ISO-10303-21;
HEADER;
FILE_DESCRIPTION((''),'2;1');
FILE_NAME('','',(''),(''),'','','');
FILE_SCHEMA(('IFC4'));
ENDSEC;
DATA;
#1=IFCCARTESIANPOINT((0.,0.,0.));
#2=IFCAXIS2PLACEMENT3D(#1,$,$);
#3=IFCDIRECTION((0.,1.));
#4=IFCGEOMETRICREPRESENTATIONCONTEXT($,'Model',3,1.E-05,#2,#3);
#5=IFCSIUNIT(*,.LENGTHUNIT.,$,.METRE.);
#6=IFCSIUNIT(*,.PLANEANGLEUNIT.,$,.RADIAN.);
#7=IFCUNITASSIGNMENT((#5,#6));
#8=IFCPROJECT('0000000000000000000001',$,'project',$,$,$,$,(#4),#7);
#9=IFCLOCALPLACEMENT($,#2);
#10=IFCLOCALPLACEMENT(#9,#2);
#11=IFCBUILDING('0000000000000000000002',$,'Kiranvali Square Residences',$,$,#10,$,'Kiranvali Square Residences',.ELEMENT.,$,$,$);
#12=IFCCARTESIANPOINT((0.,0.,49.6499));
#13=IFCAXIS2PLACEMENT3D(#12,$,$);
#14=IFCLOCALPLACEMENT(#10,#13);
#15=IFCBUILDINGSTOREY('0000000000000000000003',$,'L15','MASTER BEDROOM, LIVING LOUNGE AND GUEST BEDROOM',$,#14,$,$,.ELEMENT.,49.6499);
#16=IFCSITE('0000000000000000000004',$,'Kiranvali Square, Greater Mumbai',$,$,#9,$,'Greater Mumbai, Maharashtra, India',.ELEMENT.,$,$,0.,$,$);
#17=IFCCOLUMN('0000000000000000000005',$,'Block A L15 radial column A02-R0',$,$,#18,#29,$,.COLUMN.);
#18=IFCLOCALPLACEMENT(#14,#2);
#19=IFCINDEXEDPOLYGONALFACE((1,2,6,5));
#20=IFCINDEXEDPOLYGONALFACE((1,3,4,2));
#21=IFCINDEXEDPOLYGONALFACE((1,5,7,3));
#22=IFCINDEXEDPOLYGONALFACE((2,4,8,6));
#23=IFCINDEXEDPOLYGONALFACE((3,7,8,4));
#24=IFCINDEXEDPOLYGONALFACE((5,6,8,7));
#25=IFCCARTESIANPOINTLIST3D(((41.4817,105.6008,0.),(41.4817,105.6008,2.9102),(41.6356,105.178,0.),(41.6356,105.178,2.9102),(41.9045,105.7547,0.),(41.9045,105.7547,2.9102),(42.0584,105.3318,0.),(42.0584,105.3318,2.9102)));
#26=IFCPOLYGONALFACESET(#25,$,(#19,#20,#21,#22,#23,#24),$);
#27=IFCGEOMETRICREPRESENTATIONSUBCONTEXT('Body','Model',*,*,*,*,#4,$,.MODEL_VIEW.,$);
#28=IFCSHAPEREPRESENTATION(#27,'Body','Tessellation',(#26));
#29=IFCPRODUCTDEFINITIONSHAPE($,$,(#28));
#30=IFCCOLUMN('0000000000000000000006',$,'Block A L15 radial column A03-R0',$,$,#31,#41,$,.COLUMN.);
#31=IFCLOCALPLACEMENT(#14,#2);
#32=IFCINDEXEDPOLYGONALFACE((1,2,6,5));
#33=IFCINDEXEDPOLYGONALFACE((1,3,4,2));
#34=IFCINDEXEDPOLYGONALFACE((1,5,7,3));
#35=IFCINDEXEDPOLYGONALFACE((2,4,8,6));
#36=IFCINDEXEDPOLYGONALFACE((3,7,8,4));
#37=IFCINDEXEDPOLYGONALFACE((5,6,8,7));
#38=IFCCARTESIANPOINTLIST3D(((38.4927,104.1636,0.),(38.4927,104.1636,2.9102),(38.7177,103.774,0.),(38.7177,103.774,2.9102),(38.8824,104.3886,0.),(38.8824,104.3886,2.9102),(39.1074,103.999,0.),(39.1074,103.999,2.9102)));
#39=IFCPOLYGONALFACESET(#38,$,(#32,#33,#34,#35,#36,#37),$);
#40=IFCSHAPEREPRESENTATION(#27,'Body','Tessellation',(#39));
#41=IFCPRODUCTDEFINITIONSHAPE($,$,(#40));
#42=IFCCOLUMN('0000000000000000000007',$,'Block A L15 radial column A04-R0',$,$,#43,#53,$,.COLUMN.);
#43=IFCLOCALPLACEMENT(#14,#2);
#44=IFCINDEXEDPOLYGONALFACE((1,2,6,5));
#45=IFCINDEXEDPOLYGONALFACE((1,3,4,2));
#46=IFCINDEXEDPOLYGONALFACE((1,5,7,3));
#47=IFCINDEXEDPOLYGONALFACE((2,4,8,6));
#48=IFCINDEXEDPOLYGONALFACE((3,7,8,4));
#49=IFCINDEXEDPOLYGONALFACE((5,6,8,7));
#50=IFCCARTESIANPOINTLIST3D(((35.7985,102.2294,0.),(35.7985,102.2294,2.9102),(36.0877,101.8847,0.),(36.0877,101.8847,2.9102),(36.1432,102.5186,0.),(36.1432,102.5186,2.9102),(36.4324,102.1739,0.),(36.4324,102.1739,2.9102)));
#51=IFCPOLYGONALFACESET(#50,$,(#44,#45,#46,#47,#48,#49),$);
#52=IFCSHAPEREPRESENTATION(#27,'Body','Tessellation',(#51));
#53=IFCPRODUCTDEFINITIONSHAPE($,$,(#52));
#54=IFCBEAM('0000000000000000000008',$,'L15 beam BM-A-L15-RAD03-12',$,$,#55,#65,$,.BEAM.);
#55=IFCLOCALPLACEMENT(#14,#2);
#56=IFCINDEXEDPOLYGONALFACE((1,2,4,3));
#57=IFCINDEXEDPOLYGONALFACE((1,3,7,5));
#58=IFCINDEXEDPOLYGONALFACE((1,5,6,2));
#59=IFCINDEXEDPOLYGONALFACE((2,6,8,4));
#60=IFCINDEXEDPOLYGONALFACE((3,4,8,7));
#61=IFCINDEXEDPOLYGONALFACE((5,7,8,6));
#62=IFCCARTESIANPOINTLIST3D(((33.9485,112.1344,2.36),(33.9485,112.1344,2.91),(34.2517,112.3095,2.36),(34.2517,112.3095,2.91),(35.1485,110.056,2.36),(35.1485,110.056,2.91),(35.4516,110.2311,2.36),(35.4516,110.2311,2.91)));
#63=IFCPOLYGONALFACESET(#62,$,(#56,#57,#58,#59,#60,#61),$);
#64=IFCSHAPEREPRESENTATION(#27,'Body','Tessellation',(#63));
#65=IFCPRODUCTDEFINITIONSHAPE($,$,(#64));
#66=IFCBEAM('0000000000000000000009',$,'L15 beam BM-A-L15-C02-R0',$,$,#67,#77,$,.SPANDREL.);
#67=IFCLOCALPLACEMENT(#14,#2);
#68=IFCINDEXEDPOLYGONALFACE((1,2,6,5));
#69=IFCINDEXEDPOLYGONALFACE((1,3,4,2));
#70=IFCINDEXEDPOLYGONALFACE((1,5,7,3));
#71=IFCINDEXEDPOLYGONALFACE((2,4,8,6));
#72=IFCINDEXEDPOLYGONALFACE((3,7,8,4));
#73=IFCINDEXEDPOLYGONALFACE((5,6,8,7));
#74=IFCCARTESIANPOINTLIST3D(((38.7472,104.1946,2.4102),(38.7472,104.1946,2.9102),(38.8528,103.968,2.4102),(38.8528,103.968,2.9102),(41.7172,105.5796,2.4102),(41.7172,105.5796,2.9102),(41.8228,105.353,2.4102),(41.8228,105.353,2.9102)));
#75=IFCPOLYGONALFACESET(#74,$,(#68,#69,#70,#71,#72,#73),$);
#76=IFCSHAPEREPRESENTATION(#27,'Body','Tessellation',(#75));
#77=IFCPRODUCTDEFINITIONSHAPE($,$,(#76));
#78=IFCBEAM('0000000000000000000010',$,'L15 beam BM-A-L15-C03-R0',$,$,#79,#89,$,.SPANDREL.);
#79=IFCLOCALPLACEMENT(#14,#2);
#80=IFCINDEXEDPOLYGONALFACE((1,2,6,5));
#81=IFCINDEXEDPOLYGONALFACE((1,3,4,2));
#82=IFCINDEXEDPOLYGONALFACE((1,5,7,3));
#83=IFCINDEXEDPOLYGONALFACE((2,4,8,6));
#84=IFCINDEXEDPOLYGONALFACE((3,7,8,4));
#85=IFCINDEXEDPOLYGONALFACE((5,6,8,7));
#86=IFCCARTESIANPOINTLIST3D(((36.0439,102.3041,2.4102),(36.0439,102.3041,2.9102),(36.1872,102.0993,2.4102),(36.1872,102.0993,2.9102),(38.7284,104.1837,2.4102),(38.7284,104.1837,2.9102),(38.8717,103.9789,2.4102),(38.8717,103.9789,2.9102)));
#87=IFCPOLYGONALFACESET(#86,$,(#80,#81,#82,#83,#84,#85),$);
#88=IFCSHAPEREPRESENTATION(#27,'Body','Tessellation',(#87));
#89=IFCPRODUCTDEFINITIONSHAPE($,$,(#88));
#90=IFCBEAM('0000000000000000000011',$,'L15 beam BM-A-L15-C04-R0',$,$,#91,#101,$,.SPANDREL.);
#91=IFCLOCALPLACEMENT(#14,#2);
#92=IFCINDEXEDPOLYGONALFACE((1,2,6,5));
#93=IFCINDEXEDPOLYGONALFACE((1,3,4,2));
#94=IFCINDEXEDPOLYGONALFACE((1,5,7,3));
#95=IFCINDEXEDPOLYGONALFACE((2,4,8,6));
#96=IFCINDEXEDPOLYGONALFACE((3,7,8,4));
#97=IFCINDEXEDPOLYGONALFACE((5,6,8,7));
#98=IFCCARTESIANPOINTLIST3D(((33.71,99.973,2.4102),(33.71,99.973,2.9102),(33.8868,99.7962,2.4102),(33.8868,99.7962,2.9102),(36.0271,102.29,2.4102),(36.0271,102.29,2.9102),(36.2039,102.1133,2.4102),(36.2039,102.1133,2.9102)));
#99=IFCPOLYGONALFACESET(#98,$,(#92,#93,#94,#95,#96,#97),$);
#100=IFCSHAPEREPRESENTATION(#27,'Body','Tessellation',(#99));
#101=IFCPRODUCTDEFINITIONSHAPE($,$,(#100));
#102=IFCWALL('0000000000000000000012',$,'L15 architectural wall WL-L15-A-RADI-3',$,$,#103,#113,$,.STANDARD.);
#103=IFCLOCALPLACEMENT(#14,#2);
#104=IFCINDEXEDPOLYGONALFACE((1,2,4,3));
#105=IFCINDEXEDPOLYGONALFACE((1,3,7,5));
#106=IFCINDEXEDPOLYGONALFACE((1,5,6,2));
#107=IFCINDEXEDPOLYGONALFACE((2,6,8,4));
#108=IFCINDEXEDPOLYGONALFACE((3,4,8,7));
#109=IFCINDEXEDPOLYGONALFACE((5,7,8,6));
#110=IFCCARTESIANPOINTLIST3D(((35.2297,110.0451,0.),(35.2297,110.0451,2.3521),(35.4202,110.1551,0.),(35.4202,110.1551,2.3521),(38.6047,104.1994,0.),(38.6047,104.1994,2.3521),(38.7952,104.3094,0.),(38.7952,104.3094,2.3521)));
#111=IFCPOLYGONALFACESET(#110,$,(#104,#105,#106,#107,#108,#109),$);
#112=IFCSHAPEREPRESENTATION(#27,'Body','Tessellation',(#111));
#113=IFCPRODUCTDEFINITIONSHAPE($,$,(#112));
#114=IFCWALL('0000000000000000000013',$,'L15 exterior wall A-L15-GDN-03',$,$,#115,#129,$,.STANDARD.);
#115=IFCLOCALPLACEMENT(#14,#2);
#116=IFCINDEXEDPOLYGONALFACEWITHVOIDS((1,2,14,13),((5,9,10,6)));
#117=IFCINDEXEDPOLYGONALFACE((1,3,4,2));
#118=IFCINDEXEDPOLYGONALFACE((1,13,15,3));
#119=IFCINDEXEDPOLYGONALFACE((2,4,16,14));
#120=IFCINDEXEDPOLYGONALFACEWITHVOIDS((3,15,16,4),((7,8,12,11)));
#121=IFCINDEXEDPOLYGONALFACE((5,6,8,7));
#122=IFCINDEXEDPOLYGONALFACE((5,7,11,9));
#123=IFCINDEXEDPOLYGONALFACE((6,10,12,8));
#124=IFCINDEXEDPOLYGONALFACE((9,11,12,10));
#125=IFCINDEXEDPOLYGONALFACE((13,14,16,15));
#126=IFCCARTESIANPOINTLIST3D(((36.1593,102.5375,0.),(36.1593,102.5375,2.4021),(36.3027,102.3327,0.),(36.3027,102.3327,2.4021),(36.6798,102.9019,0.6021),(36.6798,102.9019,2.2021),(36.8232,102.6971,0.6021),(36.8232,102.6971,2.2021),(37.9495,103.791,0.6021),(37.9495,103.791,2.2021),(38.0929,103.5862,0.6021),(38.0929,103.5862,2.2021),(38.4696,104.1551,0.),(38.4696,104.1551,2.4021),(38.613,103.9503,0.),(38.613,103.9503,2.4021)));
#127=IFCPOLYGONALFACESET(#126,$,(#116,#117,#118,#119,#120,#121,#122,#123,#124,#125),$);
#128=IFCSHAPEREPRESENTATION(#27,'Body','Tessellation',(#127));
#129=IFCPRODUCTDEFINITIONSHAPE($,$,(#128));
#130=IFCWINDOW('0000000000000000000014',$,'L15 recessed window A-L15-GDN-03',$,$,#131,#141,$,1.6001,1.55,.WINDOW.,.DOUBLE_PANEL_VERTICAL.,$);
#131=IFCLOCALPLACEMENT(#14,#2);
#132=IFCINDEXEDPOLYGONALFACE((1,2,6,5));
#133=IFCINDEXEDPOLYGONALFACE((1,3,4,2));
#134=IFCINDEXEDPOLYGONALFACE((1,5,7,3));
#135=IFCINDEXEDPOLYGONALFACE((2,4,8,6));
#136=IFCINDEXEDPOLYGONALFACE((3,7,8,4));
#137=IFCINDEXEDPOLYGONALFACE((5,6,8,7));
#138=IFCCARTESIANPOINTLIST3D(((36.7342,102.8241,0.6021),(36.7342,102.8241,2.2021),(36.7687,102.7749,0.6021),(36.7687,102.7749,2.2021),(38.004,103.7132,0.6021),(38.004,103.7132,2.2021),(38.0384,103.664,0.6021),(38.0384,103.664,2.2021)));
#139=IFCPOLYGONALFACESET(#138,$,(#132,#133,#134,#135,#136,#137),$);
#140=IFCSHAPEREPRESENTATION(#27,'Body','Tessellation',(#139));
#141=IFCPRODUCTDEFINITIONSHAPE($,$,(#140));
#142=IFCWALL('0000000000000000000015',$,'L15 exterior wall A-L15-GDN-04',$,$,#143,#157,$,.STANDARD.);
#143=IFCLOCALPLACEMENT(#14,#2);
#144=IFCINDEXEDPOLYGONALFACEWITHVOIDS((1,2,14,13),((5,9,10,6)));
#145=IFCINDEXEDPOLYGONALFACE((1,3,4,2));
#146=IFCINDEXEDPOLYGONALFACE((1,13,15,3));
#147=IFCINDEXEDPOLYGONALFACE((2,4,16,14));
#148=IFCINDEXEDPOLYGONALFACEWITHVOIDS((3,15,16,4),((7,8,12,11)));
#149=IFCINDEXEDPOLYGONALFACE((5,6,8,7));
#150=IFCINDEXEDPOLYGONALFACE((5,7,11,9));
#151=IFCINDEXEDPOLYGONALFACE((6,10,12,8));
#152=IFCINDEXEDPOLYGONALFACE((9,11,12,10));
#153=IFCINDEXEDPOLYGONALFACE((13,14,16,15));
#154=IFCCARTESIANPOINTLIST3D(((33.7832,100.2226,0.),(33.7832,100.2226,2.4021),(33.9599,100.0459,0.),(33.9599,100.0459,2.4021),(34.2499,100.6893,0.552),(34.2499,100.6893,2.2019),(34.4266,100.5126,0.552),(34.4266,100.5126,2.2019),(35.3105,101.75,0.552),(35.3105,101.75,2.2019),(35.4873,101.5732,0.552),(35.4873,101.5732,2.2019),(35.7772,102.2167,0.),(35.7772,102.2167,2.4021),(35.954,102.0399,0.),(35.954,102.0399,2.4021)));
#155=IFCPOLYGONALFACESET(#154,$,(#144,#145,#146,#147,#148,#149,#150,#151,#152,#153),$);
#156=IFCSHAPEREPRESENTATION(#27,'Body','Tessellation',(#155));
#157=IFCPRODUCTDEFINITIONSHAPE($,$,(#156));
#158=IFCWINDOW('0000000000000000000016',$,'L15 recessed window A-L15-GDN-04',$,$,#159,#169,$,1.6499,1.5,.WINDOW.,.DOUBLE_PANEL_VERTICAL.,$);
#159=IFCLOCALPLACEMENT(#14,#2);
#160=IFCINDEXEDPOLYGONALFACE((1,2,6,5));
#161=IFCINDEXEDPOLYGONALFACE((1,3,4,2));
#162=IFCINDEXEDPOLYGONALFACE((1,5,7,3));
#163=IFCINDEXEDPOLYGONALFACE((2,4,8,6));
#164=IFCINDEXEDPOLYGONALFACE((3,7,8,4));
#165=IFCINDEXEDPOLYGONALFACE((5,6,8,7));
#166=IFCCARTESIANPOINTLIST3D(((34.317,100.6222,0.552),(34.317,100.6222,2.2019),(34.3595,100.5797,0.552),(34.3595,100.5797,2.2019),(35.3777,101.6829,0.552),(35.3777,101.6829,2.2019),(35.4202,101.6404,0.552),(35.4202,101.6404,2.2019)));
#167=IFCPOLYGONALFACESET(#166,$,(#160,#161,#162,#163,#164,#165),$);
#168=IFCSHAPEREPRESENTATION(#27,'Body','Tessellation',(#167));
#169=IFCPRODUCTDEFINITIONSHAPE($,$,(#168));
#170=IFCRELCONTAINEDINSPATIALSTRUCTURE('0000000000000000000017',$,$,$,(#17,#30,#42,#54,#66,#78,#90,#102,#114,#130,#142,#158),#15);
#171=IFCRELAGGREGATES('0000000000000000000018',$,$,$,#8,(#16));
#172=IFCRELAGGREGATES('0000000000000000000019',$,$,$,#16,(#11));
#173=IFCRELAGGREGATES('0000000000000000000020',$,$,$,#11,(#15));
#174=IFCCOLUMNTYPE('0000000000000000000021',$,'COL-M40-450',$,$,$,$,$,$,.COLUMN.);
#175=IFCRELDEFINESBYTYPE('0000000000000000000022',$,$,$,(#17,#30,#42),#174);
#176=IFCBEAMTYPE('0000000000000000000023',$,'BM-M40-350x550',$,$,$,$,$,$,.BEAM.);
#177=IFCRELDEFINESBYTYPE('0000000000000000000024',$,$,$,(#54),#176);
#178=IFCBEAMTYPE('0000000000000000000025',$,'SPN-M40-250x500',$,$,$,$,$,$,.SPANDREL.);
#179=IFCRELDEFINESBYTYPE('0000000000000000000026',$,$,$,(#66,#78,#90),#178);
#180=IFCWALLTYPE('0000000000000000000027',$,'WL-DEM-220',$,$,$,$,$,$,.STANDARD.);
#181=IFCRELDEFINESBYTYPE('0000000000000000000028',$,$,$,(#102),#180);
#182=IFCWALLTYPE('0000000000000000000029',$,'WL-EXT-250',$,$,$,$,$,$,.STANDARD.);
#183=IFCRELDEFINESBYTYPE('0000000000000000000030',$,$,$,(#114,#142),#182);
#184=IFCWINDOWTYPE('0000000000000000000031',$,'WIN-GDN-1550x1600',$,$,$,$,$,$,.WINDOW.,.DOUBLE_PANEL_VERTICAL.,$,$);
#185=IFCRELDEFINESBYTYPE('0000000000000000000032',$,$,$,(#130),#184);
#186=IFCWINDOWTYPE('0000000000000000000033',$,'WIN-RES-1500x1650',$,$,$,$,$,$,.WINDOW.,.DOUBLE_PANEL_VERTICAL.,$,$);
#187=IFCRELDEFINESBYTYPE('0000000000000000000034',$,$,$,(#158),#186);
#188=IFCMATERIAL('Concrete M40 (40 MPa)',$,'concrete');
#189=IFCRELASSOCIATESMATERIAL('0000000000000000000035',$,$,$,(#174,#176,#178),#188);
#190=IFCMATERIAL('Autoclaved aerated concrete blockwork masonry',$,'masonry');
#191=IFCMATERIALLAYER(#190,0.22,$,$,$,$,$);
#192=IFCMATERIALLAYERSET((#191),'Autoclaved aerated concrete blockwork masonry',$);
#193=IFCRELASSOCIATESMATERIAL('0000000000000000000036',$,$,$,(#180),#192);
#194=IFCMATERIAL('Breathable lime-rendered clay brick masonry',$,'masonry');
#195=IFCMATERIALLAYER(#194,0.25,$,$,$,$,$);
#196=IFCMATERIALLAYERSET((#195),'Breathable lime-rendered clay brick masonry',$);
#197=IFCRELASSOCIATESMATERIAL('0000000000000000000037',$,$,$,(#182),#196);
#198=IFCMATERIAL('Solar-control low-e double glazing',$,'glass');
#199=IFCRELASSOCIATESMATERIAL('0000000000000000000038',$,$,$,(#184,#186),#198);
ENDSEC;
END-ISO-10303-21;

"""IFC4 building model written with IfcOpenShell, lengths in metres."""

from ifc_helpers import new_model, si_unit, direction, frame, frame_2d, origin, origin_2d, place, context, subcontext, project, spatial, rectangle, extrude, material, layer, layer_set, material_profile, profile_set, type_object, element, fill, save


model = new_model("IFC4")

# Units and contexts
model_context = context("Model", 3, precision=1e-05, world=origin(), true_north=direction((0.0, 1.0)))
body_context = subcontext(model_context, "Body", "Model", "MODEL_VIEW")
ifc_project = project(units=[si_unit("LENGTHUNIT", "METRE"), si_unit("PLANEANGLEUNIT", "RADIAN")], contexts=[model_context])

# Site, building, storey
site_placement = place(None, origin())
site = spatial("IfcSite", under=ifc_project, at=site_placement, Name="Kiranvali Square, Greater Mumbai", LongName="Greater Mumbai, Maharashtra, India", CompositionType="ELEMENT", RefElevation=0.0)
building_placement = place(site_placement, origin())
building = spatial("IfcBuilding", under=site, at=building_placement, Name="Kiranvali Square Residences", LongName="Kiranvali Square Residences", CompositionType="ELEMENT")
storey_placement = place(building_placement, frame((0.0, 0.0, 49.6499)))
storey = spatial("IfcBuildingStorey", under=building, at=storey_placement, Name="L15", Description="MASTER BEDROOM, LIVING LOUNGE AND GUEST BEDROOM", CompositionType="ELEMENT", Elevation=49.6499)

# Columns
ifc_material_1 = material(Name="Concrete M40 (40 MPa)", Category="concrete")
ifc_material_profile_1 = material_profile(ifc_material_1, rectangle(XDim=0.45, YDim=0.45, at=origin_2d()), Name="RC 450x450")
ifc_profile_set_1 = profile_set([ifc_material_profile_1], Name="Concrete M40 (40 MPa)")
column_type = type_object("IfcColumnType", Name="COL-M40-450", PredefinedType="COLUMN", material=ifc_profile_set_1)
for number, where, z_axis, x_axis, name in (
    (1, (41.77, 105.4663, 0.0), (0.0, 0.0, 1.0), (0.939693, 0.34202, 0.0), "Block A L15 radial column A02-R0"),
    (2, (38.8, 104.0813, 0.0), (0.0, 0.0, 1.0), (0.866025, 0.5, 0.0), "Block A L15 radial column A03-R0"),
    (3, (36.1155, 102.2017, 0.0), (0.0, 0.0, 1.0), (0.766044, 0.642788, 0.0), "Block A L15 radial column A04-R0"),
):
    element("IfcColumn", number, at=place(storey_placement, frame(where, z_axis=z_axis, x_axis=x_axis)), inside=storey, type_object=column_type, Name=name, PredefinedType="COLUMN", context=body_context, shape_type="SweptSolid", body=[
        extrude(rectangle(XDim=0.45, YDim=0.45, at=origin_2d()), origin(), (0.0, 0.0, 1.0), 2.9102),
    ])

# Beams
ifc_material_profile_2 = material_profile(ifc_material_1, rectangle(XDim=0.3501, YDim=0.55, at=origin_2d()), Name="RC 350x550")
ifc_profile_set_2 = profile_set([ifc_material_profile_2], Name="Concrete M40 (40 MPa)")
beam_type_1 = type_object("IfcBeamType", Name="BM-M40-350x550", PredefinedType="BEAM", material=ifc_profile_set_2)
beam_1_placement = place(storey_placement, frame((35.3, 110.1436, 2.635), z_axis=(-0.500001, 0.866025, 0.0), x_axis=(-0.866025, -0.500001, 0.0)))
element("IfcBeam", 4, at=beam_1_placement, inside=storey, type_object=beam_type_1, Name="L15 beam BM-A-L15-RAD03-12", PredefinedType="BEAM", context=body_context, shape_type="SweptSolid", body=[
    extrude(rectangle(XDim=0.3501, YDim=0.55, at=origin_2d()), origin(), (0.0, 0.0, 1.0), 2.3999),
])
ifc_material_profile_3 = material_profile(ifc_material_1, rectangle(XDim=0.25, YDim=0.5, at=origin_2d()), Name="RC 250x500")
ifc_profile_set_3 = profile_set([ifc_material_profile_3], Name="Concrete M40 (40 MPa)")
beam_type_2 = type_object("IfcBeamType", Name="SPN-M40-250x500", PredefinedType="SPANDREL", material=ifc_profile_set_3)
for number, where, z_axis, x_axis, name in (
    (5, (41.77, 105.4663, 2.6602), (-0.906297, -0.422641, 0.0), (0.422641, -0.906297, 0.0), "L15 beam BM-A-L15-C02-R0"),
    (6, (38.8, 104.0813, 2.6602), (-0.819169, -0.573552, 0.0), (0.573552, -0.819169, 0.0), "L15 beam BM-A-L15-C03-R0"),
):
    element("IfcBeam", number, at=place(storey_placement, frame(where, z_axis=z_axis, x_axis=x_axis)), inside=storey, type_object=beam_type_2, Name=name, PredefinedType="SPANDREL", context=body_context, shape_type="SweptSolid", body=[
        extrude(rectangle(XDim=0.25, YDim=0.5, at=origin_2d()), origin(), (0.0, 0.0, 1.0), 3.2771),
    ])
beam_2_placement = place(storey_placement, frame((36.1155, 102.2017, 2.6602), z_axis=(-0.707107, -0.707107, 0.0), x_axis=(0.707107, -0.707107, 0.0)))
element("IfcBeam", 7, at=beam_2_placement, inside=storey, type_object=beam_type_2, Name="L15 beam BM-A-L15-C04-R0", PredefinedType="SPANDREL", context=body_context, shape_type="SweptSolid", body=[
    extrude(rectangle(XDim=0.25, YDim=0.5, at=origin_2d()), origin(), (0.0, 0.0, 1.0), 3.2769),
])

# Wall
ifc_material_2 = material(Name="Autoclaved aerated concrete blockwork masonry", Category="masonry")
ifc_layer_1 = layer(ifc_material_2, 0.22)
ifc_layer_set_1 = layer_set([ifc_layer_1], Name="Autoclaved aerated concrete blockwork masonry")
wall_type_1 = type_object("IfcWallType", Name="WL-DEM-220", PredefinedType="STANDARD", material=ifc_layer_set_1)
wall_1_placement = place(storey_placement, frame((38.7, 104.2544, 0.0), z_axis=(0.0, 0.0, 1.0), x_axis=(-0.499998, 0.866027, 0.0)))
element("IfcWall", 8, at=wall_1_placement, inside=storey, type_object=wall_type_1, Name="L15 architectural wall WL-L15-A-RADI-3", PredefinedType="STANDARD", context=body_context, shape_type="SweptSolid", body=[
    extrude(rectangle(XDim=6.75, YDim=0.22, at=frame_2d((3.375, 0.0))), origin(), (0.0, 0.0, 1.0), 2.3521),
])

# Shared definitions
ifc_material_3 = material(Name="Breathable lime-rendered clay brick masonry", Category="masonry")
ifc_layer_2 = layer(ifc_material_3, 0.25)
ifc_layer_set_2 = layer_set([ifc_layer_2], Name="Breathable lime-rendered clay brick masonry")
wall_type_2 = type_object("IfcWallType", Name="WL-EXT-250", PredefinedType="STANDARD", material=ifc_layer_set_2)

# Walls, openings, windows
wall_2_placement = place(storey_placement, frame((38.5413, 104.0527, 0.0), z_axis=(0.0, 0.0, 1.0), x_axis=(-0.819155, -0.573573, 0.0)))
wall_2 = element("IfcWall", 9, at=wall_2_placement, inside=storey, type_object=wall_type_2, Name="L15 exterior wall A-L15-GDN-03", PredefinedType="STANDARD", context=body_context, shape_type="SweptSolid", body=[
    extrude(rectangle(XDim=2.8203, YDim=0.25, at=frame_2d((1.4102, 0.0))), origin(), (0.0, 0.0, 1.0), 2.4021),
])
opening_1_placement = place(wall_2_placement, frame((0.635, 0.0, 0.6021)))
opening_1 = element("IfcOpeningElement", 10, at=opening_1_placement, cuts=wall_2, PredefinedType="OPENING", context=body_context, shape_type="SweptSolid", body=[
    extrude(rectangle(XDim=1.55, YDim=1.6001, at=frame_2d((0.7749, 0.8))), frame((0.0, 0.135, 0.0), z_axis=(0.0, -1.0, 0.0), x_axis=(1.0, 0.0, 0.0)), (0.0, 0.0, 1.0), 0.27),
])
ifc_material_4 = material(Name="Solar-control low-e double glazing", Category="glass")
window_type_1 = type_object("IfcWindowType", Name="WIN-GDN-1550x1600", PartitioningType="DOUBLE_PANEL_VERTICAL", PredefinedType="WINDOW", material=ifc_material_4)
window_1_placement = place(opening_1_placement, origin())
window_1 = element("IfcWindow", 11, at=window_1_placement, inside=storey, type_object=window_type_1, Name="L15 recessed window A-L15-GDN-03", OverallHeight=1.6001, OverallWidth=1.55, PartitioningType="DOUBLE_PANEL_VERTICAL", PredefinedType="WINDOW", context=body_context, shape_type="SweptSolid", body=[
    extrude(rectangle(XDim=1.55, YDim=1.6001, at=frame_2d((0.7749, 0.8))), frame((0.0, 0.03, 0.0), z_axis=(0.0, -1.0, 0.0), x_axis=(1.0, 0.0, 0.0)), (0.0, 0.0, 1.0), 0.0601),
])
fill(opening_1, window_1)
wall_3_placement = place(storey_placement, frame((35.8657, 102.1284, 0.0), z_axis=(0.0, 0.0, 1.0), x_axis=(-0.707107, -0.707107, 0.0)))
wall_3 = element("IfcWall", 12, at=wall_3_placement, inside=storey, type_object=wall_type_2, Name="L15 exterior wall A-L15-GDN-04", PredefinedType="STANDARD", context=body_context, shape_type="SweptSolid", body=[
    extrude(rectangle(XDim=2.8201, YDim=0.25, at=frame_2d((1.4102, 0.0))), origin(), (0.0, 0.0, 1.0), 2.4021),
])
opening_2_placement = place(wall_3_placement, frame((0.6602, 0.0, 0.552)))
opening_2 = element("IfcOpeningElement", 13, at=opening_2_placement, cuts=wall_3, PredefinedType="OPENING", context=body_context, shape_type="SweptSolid", body=[
    extrude(rectangle(XDim=1.5, YDim=1.6499, at=frame_2d((0.75, 0.825))), frame((0.0, 0.135, 0.0), z_axis=(0.0, -1.0, 0.0), x_axis=(1.0, 0.0, 0.0)), (0.0, 0.0, 1.0), 0.27),
])
window_type_2 = type_object("IfcWindowType", Name="WIN-RES-1500x1650", PartitioningType="DOUBLE_PANEL_VERTICAL", PredefinedType="WINDOW", material=ifc_material_4)
window_2_placement = place(opening_2_placement, origin())
window_2 = element("IfcWindow", 14, at=window_2_placement, inside=storey, type_object=window_type_2, Name="L15 recessed window A-L15-GDN-04", OverallHeight=1.6499, OverallWidth=1.5, PartitioningType="DOUBLE_PANEL_VERTICAL", PredefinedType="WINDOW", context=body_context, shape_type="SweptSolid", body=[
    extrude(rectangle(XDim=1.5, YDim=1.6499, at=frame_2d((0.75, 0.825))), frame((0.0, 0.03, 0.0), z_axis=(0.0, -1.0, 0.0), x_axis=(1.0, 0.0, 0.0)), (0.0, 0.0, 1.0), 0.0601),
])
fill(opening_2, window_2)

save(model, "model.ifc")
